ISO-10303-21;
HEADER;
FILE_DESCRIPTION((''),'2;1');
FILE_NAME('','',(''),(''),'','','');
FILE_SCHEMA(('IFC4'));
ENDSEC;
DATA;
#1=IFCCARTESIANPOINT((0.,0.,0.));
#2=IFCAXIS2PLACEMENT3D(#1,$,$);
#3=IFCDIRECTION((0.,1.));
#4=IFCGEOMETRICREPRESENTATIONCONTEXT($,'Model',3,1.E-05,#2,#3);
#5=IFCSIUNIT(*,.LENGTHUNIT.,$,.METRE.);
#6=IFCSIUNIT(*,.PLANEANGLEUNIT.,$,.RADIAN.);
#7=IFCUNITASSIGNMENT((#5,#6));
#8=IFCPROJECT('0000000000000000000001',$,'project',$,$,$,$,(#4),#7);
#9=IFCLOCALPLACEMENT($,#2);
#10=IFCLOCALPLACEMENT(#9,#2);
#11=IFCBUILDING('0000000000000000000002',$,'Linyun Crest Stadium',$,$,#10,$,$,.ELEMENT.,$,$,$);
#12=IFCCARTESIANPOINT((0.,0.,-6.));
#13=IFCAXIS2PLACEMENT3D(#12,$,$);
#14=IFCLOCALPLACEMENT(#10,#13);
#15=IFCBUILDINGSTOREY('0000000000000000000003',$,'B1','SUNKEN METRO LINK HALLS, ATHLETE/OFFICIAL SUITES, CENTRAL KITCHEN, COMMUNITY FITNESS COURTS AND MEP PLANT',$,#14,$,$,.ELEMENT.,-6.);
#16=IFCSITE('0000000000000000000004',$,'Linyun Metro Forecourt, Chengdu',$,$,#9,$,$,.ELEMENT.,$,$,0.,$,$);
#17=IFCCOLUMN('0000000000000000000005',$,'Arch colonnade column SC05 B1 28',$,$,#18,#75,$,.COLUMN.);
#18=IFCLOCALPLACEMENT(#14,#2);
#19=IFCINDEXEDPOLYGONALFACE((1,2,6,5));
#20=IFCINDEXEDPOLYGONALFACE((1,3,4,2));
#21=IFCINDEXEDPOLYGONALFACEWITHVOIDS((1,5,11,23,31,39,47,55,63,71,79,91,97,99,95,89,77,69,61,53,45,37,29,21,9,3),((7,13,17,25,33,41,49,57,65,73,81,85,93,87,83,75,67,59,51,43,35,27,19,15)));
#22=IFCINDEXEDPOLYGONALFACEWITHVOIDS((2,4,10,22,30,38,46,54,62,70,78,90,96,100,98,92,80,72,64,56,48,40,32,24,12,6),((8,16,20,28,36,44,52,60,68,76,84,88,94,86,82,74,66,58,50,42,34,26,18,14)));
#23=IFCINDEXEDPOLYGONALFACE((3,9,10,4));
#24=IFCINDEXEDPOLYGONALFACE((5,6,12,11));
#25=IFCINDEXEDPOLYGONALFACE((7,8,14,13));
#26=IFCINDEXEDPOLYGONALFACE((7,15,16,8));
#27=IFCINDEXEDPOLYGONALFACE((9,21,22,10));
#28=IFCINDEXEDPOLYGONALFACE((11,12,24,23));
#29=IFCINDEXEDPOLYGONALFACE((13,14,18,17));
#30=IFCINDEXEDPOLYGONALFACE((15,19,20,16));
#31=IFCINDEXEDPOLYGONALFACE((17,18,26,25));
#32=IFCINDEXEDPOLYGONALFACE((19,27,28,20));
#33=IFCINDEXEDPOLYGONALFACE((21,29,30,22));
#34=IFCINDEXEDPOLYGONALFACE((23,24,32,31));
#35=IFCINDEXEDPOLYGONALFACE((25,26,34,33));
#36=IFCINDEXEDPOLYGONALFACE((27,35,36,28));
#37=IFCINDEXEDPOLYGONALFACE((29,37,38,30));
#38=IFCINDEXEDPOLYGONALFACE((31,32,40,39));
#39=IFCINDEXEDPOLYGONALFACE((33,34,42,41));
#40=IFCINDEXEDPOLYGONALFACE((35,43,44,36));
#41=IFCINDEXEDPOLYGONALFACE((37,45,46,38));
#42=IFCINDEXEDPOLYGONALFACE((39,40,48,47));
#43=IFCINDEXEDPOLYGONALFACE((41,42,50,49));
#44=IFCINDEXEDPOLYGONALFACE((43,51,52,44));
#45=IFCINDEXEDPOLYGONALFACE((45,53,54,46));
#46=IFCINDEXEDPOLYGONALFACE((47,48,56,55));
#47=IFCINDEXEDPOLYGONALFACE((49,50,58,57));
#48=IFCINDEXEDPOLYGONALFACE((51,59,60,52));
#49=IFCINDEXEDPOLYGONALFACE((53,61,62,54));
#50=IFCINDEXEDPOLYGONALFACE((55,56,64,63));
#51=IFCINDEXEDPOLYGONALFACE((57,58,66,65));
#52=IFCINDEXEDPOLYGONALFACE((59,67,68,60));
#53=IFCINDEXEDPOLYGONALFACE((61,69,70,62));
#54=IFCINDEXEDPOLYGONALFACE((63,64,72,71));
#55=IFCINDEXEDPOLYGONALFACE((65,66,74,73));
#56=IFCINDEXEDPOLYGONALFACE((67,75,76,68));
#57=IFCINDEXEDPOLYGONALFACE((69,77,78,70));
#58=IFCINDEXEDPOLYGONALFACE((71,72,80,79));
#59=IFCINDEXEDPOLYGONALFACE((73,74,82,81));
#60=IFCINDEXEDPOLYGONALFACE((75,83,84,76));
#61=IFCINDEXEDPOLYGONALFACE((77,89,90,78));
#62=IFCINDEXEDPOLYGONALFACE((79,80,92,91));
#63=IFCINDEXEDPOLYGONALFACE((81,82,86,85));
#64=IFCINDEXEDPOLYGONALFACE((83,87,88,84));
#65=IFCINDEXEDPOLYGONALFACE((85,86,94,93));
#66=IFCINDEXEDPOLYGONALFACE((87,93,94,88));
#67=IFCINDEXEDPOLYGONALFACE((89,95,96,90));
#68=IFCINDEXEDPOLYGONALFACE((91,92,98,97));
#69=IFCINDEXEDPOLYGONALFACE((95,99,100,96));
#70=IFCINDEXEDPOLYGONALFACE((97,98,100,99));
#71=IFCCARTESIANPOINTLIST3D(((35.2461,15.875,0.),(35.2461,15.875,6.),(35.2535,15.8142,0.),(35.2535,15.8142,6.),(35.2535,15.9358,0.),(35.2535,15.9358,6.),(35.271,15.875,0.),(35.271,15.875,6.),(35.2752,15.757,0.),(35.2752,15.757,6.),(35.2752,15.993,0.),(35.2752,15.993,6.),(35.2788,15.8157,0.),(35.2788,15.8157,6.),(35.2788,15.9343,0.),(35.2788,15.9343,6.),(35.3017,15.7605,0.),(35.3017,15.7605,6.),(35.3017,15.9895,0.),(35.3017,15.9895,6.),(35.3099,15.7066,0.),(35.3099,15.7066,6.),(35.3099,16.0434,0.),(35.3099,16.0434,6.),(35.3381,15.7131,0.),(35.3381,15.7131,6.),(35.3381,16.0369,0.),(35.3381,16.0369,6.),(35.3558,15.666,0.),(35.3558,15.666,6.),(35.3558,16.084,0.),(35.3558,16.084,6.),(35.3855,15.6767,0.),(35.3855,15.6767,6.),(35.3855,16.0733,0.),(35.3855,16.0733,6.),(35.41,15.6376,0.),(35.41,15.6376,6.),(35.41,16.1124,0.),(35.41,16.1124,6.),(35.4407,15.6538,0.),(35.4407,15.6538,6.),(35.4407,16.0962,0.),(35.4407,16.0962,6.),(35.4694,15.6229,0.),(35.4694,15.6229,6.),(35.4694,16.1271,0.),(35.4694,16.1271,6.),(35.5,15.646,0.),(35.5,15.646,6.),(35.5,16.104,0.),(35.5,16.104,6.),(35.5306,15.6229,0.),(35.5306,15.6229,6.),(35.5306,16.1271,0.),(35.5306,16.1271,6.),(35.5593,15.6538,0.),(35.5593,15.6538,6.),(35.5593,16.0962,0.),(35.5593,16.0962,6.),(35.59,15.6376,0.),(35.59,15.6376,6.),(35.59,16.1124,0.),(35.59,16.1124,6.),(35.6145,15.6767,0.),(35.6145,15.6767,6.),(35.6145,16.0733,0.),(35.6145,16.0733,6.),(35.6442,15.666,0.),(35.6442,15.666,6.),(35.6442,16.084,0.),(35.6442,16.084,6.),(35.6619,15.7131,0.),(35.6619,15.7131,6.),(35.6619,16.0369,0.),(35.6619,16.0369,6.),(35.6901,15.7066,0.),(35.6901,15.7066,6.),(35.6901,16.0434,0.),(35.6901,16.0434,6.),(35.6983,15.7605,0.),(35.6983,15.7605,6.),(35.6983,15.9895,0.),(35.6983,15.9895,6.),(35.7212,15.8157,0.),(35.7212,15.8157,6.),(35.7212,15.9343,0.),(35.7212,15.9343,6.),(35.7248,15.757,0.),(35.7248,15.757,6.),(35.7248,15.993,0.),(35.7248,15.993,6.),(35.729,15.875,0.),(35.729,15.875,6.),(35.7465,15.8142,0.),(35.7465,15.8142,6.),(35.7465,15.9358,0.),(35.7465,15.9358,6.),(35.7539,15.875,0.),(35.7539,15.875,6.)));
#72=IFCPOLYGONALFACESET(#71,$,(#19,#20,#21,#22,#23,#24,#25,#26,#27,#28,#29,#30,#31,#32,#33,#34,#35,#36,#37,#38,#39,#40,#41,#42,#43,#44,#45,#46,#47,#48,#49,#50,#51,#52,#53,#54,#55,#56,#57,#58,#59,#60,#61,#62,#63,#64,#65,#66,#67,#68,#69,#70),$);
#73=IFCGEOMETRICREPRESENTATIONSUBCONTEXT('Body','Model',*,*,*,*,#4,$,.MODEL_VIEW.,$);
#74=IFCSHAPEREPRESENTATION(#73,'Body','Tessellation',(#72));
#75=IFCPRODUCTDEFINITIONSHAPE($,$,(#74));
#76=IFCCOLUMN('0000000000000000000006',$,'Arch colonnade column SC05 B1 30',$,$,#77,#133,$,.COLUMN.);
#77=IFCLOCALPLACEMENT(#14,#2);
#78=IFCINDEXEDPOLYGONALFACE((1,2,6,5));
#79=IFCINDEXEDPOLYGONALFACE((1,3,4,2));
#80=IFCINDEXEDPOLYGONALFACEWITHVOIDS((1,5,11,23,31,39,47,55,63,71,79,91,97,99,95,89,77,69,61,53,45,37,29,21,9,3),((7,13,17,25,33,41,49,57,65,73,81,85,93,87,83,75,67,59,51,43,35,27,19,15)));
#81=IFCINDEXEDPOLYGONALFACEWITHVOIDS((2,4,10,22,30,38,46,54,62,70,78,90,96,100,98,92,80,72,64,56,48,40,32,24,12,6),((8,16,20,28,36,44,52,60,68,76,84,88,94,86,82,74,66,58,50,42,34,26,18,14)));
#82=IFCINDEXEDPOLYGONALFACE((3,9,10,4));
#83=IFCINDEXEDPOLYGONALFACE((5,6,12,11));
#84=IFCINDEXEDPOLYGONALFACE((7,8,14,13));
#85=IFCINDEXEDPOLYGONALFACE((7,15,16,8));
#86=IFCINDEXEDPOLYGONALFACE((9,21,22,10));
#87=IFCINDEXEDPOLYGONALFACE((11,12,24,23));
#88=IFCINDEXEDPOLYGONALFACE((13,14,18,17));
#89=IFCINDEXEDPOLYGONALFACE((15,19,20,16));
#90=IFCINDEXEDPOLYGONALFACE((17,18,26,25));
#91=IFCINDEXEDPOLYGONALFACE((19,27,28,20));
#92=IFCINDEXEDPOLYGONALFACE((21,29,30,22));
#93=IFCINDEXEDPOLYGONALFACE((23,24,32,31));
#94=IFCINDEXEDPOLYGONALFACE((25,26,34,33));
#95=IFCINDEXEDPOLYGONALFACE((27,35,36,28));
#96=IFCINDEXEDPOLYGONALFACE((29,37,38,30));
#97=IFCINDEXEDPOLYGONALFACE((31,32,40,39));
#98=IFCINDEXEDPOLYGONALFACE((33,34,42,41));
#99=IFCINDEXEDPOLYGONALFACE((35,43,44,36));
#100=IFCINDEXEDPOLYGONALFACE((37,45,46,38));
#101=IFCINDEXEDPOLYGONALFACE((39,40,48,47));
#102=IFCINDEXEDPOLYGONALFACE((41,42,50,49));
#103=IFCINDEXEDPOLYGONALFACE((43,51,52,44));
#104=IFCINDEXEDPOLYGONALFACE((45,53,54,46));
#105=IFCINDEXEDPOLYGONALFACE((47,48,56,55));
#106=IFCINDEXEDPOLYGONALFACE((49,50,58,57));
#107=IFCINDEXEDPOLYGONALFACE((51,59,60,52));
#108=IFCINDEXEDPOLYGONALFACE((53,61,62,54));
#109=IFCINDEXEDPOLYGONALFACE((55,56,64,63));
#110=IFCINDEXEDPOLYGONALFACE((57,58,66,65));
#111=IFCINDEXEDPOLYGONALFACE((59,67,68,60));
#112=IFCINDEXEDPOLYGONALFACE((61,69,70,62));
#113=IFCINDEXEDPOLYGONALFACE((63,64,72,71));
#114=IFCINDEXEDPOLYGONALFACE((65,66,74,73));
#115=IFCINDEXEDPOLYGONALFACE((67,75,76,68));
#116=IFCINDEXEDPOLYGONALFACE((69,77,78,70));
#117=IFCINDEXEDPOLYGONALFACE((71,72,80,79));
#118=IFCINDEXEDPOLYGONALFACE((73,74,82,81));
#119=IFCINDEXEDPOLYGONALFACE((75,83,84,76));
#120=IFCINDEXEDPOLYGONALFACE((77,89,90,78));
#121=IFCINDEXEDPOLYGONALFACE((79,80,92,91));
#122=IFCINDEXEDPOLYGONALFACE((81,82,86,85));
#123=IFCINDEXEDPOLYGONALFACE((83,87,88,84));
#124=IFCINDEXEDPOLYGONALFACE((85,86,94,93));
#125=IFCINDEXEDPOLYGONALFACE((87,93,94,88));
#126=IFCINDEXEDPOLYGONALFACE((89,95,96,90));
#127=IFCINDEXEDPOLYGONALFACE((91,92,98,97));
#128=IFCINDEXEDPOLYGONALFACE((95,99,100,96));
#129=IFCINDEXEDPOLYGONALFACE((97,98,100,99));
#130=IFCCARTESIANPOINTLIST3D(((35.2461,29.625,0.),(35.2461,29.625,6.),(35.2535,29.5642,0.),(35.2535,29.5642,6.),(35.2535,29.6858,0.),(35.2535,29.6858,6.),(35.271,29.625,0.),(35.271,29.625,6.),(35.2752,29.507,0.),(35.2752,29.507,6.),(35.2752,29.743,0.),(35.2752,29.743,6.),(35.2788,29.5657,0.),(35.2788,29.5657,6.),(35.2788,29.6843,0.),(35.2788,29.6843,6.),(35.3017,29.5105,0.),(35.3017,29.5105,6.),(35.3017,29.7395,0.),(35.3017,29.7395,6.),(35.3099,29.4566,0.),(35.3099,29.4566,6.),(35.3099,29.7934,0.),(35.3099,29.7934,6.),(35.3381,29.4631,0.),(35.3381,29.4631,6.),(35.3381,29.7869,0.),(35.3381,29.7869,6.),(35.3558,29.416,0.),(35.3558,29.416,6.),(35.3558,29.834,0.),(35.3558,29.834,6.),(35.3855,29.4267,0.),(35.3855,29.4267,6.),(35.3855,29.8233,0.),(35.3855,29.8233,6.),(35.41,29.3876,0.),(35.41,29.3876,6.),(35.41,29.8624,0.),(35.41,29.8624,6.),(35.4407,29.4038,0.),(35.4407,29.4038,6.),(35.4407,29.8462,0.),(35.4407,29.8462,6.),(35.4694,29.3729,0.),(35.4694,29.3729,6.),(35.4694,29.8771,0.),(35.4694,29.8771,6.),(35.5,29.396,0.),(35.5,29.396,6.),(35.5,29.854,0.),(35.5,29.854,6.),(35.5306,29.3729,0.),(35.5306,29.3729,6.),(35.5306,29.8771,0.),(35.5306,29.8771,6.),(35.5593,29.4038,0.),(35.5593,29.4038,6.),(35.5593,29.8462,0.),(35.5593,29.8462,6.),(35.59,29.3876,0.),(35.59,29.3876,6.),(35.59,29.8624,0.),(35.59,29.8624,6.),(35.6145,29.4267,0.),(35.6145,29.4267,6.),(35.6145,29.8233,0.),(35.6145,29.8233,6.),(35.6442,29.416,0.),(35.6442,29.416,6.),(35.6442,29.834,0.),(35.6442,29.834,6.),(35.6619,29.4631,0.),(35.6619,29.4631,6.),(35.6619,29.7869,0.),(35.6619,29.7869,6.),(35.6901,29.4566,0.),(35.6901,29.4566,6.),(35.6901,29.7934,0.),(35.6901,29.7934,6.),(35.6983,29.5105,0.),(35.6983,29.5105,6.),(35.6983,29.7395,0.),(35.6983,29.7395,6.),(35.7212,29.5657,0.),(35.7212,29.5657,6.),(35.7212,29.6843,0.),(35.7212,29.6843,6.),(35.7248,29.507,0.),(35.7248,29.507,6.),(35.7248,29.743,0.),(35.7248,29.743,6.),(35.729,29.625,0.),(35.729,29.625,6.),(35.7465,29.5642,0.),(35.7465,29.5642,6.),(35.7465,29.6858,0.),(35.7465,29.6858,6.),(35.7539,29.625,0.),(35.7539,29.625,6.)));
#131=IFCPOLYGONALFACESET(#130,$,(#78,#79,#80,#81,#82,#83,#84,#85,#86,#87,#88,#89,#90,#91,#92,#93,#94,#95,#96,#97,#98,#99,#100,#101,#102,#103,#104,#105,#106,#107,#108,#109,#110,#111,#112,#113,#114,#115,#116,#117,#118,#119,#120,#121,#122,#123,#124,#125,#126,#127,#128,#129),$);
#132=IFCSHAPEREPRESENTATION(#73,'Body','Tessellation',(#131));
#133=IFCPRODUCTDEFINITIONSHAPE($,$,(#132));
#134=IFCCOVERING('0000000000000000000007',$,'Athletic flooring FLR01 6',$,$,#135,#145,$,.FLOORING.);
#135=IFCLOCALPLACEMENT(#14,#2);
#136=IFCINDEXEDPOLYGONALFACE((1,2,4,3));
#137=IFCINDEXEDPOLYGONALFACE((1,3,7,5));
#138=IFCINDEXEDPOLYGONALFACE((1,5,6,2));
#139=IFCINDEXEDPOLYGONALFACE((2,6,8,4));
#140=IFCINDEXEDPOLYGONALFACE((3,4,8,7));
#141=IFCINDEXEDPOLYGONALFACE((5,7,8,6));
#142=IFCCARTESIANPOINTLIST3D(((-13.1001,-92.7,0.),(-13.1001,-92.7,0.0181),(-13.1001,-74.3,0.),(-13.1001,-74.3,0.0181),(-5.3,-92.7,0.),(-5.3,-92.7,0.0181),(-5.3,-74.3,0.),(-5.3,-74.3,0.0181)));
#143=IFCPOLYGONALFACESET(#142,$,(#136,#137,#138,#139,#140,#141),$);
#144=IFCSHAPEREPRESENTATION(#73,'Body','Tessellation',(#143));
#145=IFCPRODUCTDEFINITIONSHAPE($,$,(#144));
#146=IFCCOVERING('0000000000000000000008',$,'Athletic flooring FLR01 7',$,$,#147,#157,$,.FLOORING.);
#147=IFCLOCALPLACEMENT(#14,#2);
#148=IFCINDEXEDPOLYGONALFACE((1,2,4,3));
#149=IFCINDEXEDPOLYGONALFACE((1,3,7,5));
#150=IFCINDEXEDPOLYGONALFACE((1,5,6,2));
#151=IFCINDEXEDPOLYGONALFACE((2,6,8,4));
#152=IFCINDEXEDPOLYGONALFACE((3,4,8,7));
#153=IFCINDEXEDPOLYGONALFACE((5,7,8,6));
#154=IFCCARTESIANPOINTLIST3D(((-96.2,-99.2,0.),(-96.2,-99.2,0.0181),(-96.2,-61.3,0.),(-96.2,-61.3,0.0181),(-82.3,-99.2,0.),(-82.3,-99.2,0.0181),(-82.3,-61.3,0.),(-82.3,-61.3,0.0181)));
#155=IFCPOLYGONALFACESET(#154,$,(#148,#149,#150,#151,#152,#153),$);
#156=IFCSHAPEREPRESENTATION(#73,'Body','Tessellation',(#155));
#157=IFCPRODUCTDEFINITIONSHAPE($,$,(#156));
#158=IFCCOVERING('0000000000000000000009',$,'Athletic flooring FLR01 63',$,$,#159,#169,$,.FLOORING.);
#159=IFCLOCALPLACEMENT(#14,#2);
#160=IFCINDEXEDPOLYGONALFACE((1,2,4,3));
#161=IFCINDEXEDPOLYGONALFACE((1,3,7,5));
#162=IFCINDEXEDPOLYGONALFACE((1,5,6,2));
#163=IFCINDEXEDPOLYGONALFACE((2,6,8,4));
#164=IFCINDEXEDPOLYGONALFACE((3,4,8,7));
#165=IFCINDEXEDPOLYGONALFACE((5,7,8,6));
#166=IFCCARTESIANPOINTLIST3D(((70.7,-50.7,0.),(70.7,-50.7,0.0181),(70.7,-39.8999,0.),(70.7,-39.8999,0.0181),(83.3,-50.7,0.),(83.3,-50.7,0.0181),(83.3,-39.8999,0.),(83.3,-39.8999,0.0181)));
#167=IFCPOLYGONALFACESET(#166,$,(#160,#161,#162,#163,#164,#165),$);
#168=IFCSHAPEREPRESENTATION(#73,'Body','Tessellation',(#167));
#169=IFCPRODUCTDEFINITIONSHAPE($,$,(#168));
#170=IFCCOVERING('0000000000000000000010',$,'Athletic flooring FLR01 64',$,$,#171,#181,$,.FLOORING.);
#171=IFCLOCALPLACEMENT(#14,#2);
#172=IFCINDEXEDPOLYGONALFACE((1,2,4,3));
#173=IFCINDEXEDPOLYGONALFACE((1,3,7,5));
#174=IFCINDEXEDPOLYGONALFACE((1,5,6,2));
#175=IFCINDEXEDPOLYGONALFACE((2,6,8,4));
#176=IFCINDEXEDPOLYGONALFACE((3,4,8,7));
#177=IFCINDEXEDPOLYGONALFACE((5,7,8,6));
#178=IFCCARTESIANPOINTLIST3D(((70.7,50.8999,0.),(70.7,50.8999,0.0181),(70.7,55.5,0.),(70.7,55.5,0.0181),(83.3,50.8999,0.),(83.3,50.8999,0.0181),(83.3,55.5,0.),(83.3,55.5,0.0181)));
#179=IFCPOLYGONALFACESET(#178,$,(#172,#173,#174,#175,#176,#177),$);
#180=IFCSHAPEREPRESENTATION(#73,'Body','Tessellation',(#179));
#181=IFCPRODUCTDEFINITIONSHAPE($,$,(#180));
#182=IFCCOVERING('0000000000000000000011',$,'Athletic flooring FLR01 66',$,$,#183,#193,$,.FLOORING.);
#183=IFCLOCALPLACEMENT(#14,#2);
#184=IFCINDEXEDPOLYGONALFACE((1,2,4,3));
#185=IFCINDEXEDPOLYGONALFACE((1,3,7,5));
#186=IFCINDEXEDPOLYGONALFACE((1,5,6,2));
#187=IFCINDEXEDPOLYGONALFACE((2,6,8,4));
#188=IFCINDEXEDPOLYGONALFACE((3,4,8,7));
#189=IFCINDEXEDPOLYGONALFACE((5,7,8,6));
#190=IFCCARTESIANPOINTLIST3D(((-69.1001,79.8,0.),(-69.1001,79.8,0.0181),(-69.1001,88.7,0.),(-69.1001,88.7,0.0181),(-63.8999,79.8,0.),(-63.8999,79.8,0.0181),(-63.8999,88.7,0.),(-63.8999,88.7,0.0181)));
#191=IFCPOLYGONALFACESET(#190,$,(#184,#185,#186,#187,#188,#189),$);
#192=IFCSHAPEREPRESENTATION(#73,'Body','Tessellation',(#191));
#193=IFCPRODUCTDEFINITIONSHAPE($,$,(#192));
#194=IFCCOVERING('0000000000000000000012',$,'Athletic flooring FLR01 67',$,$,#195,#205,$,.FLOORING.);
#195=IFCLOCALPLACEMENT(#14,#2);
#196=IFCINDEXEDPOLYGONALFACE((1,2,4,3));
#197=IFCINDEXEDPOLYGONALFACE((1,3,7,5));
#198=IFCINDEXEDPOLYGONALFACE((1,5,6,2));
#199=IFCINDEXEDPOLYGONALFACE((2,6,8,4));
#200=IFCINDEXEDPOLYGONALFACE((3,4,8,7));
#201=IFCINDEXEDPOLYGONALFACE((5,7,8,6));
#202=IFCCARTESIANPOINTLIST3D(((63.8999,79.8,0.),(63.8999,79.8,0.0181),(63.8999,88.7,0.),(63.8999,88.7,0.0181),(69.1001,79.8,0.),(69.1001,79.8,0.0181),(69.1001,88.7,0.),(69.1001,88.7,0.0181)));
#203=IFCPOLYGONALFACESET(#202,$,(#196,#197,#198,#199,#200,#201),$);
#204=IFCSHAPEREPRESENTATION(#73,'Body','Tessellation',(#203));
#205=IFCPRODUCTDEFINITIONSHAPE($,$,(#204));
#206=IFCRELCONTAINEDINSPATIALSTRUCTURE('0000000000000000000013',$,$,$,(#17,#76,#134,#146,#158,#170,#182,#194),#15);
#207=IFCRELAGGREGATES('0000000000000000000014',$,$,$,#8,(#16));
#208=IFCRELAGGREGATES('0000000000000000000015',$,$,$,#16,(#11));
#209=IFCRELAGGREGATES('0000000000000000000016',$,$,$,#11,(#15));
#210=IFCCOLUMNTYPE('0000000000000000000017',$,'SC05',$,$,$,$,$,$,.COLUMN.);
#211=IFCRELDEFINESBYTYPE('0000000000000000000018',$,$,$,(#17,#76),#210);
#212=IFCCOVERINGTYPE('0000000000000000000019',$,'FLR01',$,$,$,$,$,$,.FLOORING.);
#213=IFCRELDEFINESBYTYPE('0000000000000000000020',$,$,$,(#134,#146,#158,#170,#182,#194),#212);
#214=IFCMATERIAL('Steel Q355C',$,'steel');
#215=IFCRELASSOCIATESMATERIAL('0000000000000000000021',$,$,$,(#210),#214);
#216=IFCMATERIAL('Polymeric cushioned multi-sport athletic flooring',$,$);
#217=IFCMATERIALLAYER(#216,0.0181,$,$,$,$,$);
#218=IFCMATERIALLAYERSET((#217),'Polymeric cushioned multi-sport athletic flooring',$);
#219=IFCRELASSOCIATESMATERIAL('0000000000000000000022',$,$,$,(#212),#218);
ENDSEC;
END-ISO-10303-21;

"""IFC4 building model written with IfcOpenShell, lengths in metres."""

from ifc_helpers import new_model, si_unit, direction, frame, origin, origin_2d, place, context, subcontext, project, spatial, polyline, hollow_circle, outline, extrude, material, layer, layer_set, material_profile, profile_set, type_object, element, save


model = new_model("IFC4")

# Units and contexts
model_context = context("Model", 3, precision=1e-05, world=origin(), true_north=direction((0.0, 1.0)))
body_context = subcontext(model_context, "Body", "Model", "MODEL_VIEW")
ifc_project = project(units=[si_unit("LENGTHUNIT", "METRE"), si_unit("PLANEANGLEUNIT", "RADIAN")], contexts=[model_context])

# Site, building, storey
site_placement = place(None, origin())
site = spatial("IfcSite", under=ifc_project, at=site_placement, Name="Linyun Metro Forecourt, Chengdu", CompositionType="ELEMENT", RefElevation=0.0)
building_placement = place(site_placement, origin())
building = spatial("IfcBuilding", under=site, at=building_placement, Name="Linyun Crest Stadium", CompositionType="ELEMENT")
storey_placement = place(building_placement, frame((0.0, 0.0, -6.0)))
storey = spatial("IfcBuildingStorey", under=building, at=storey_placement, Name="B1", Description="SUNKEN METRO LINK HALLS, ATHLETE/OFFICIAL SUITES, CENTRAL KITCHEN, COMMUNITY FITNESS COURTS AND MEP PLANT", CompositionType="ELEMENT", Elevation=-6.0)

# Columns
ifc_material_1 = material(Name="Steel Q355C", Category="steel")
ifc_material_profile_1 = material_profile(ifc_material_1, hollow_circle(Radius=0.2539, WallThickness=0.0249, at=origin_2d()), Name="CHS 508x25")
ifc_profile_set_1 = profile_set([ifc_material_profile_1], Name="Steel Q355C")
column_type = type_object("IfcColumnType", Name="SC05", PredefinedType="COLUMN", material=ifc_profile_set_1)
for number, where, z_axis, x_axis, name in (
    (1, (35.5, 15.875, 0.0), (0.0, 0.0, 1.0), (1.0, 0.0, 0.0), "Arch colonnade column SC05 B1 28"),
    (2, (35.5, 29.625, 0.0), (0.0, 0.0, 1.0), (1.0, 0.0, 0.0), "Arch colonnade column SC05 B1 30"),
):
    element("IfcColumn", number, at=place(storey_placement, frame(where, z_axis=z_axis, x_axis=x_axis)), inside=storey, type_object=column_type, Name=name, PredefinedType="COLUMN", context=body_context, shape_type="SweptSolid", body=[
        extrude(hollow_circle(Radius=0.2539, WallThickness=0.0249, at=origin_2d()), origin(), (0.0, 0.0, 1.0), 6.0),
    ])

# Coverings
ifc_material_2 = material(Name="Polymeric cushioned multi-sport athletic flooring")
ifc_layer = layer(ifc_material_2, 0.0181)
ifc_layer_set = layer_set([ifc_layer], Name="Polymeric cushioned multi-sport athletic flooring")
covering_type = type_object("IfcCoveringType", Name="FLR01", PredefinedType="FLOORING", material=ifc_layer_set)
covering_1_placement = place(storey_placement, origin())
element("IfcCovering", 3, at=covering_1_placement, inside=storey, type_object=covering_type, Name="Athletic flooring FLR01 6", PredefinedType="FLOORING", context=body_context, shape_type="SweptSolid", body=[
    extrude(outline(polyline([(-13.1001, -92.7), (-5.3, -92.7), (-5.3, -74.3), (-13.1001, -74.3), (-13.1001, -92.7)])), origin(), (0.0, 0.0, 1.0), 0.0181),
])
covering_2_placement = place(storey_placement, origin())
element("IfcCovering", 4, at=covering_2_placement, inside=storey, type_object=covering_type, Name="Athletic flooring FLR01 7", PredefinedType="FLOORING", context=body_context, shape_type="SweptSolid", body=[
    extrude(outline(polyline([(-96.2, -99.2), (-82.3, -99.2), (-82.3, -61.3), (-96.2, -61.3), (-96.2, -99.2)])), origin(), (0.0, 0.0, 1.0), 0.0181),
])
covering_3_placement = place(storey_placement, origin())
element("IfcCovering", 5, at=covering_3_placement, inside=storey, type_object=covering_type, Name="Athletic flooring FLR01 63", PredefinedType="FLOORING", context=body_context, shape_type="SweptSolid", body=[
    extrude(outline(polyline([(70.7, -50.7), (83.3, -50.7), (83.3, -39.8999), (70.7, -39.8999), (70.7, -50.7)])), origin(), (0.0, 0.0, 1.0), 0.0181),
])
covering_4_placement = place(storey_placement, origin())
element("IfcCovering", 6, at=covering_4_placement, inside=storey, type_object=covering_type, Name="Athletic flooring FLR01 64", PredefinedType="FLOORING", context=body_context, shape_type="SweptSolid", body=[
    extrude(outline(polyline([(70.7, 50.8999), (83.3, 50.8999), (83.3, 55.5), (70.7, 55.5), (70.7, 50.8999)])), origin(), (0.0, 0.0, 1.0), 0.0181),
])
covering_5_placement = place(storey_placement, origin())
element("IfcCovering", 7, at=covering_5_placement, inside=storey, type_object=covering_type, Name="Athletic flooring FLR01 66", PredefinedType="FLOORING", context=body_context, shape_type="SweptSolid", body=[
    extrude(outline(polyline([(-69.1001, 79.8), (-63.8999, 79.8), (-63.8999, 88.7), (-69.1001, 88.7), (-69.1001, 79.8)])), origin(), (0.0, 0.0, 1.0), 0.0181),
])
covering_6_placement = place(storey_placement, origin())
element("IfcCovering", 8, at=covering_6_placement, inside=storey, type_object=covering_type, Name="Athletic flooring FLR01 67", PredefinedType="FLOORING", context=body_context, shape_type="SweptSolid", body=[
    extrude(outline(polyline([(63.8999, 79.8), (69.1001, 79.8), (69.1001, 88.7), (63.8999, 88.7), (63.8999, 79.8)])), origin(), (0.0, 0.0, 1.0), 0.0181),
])

save(model, "model.ifc")
